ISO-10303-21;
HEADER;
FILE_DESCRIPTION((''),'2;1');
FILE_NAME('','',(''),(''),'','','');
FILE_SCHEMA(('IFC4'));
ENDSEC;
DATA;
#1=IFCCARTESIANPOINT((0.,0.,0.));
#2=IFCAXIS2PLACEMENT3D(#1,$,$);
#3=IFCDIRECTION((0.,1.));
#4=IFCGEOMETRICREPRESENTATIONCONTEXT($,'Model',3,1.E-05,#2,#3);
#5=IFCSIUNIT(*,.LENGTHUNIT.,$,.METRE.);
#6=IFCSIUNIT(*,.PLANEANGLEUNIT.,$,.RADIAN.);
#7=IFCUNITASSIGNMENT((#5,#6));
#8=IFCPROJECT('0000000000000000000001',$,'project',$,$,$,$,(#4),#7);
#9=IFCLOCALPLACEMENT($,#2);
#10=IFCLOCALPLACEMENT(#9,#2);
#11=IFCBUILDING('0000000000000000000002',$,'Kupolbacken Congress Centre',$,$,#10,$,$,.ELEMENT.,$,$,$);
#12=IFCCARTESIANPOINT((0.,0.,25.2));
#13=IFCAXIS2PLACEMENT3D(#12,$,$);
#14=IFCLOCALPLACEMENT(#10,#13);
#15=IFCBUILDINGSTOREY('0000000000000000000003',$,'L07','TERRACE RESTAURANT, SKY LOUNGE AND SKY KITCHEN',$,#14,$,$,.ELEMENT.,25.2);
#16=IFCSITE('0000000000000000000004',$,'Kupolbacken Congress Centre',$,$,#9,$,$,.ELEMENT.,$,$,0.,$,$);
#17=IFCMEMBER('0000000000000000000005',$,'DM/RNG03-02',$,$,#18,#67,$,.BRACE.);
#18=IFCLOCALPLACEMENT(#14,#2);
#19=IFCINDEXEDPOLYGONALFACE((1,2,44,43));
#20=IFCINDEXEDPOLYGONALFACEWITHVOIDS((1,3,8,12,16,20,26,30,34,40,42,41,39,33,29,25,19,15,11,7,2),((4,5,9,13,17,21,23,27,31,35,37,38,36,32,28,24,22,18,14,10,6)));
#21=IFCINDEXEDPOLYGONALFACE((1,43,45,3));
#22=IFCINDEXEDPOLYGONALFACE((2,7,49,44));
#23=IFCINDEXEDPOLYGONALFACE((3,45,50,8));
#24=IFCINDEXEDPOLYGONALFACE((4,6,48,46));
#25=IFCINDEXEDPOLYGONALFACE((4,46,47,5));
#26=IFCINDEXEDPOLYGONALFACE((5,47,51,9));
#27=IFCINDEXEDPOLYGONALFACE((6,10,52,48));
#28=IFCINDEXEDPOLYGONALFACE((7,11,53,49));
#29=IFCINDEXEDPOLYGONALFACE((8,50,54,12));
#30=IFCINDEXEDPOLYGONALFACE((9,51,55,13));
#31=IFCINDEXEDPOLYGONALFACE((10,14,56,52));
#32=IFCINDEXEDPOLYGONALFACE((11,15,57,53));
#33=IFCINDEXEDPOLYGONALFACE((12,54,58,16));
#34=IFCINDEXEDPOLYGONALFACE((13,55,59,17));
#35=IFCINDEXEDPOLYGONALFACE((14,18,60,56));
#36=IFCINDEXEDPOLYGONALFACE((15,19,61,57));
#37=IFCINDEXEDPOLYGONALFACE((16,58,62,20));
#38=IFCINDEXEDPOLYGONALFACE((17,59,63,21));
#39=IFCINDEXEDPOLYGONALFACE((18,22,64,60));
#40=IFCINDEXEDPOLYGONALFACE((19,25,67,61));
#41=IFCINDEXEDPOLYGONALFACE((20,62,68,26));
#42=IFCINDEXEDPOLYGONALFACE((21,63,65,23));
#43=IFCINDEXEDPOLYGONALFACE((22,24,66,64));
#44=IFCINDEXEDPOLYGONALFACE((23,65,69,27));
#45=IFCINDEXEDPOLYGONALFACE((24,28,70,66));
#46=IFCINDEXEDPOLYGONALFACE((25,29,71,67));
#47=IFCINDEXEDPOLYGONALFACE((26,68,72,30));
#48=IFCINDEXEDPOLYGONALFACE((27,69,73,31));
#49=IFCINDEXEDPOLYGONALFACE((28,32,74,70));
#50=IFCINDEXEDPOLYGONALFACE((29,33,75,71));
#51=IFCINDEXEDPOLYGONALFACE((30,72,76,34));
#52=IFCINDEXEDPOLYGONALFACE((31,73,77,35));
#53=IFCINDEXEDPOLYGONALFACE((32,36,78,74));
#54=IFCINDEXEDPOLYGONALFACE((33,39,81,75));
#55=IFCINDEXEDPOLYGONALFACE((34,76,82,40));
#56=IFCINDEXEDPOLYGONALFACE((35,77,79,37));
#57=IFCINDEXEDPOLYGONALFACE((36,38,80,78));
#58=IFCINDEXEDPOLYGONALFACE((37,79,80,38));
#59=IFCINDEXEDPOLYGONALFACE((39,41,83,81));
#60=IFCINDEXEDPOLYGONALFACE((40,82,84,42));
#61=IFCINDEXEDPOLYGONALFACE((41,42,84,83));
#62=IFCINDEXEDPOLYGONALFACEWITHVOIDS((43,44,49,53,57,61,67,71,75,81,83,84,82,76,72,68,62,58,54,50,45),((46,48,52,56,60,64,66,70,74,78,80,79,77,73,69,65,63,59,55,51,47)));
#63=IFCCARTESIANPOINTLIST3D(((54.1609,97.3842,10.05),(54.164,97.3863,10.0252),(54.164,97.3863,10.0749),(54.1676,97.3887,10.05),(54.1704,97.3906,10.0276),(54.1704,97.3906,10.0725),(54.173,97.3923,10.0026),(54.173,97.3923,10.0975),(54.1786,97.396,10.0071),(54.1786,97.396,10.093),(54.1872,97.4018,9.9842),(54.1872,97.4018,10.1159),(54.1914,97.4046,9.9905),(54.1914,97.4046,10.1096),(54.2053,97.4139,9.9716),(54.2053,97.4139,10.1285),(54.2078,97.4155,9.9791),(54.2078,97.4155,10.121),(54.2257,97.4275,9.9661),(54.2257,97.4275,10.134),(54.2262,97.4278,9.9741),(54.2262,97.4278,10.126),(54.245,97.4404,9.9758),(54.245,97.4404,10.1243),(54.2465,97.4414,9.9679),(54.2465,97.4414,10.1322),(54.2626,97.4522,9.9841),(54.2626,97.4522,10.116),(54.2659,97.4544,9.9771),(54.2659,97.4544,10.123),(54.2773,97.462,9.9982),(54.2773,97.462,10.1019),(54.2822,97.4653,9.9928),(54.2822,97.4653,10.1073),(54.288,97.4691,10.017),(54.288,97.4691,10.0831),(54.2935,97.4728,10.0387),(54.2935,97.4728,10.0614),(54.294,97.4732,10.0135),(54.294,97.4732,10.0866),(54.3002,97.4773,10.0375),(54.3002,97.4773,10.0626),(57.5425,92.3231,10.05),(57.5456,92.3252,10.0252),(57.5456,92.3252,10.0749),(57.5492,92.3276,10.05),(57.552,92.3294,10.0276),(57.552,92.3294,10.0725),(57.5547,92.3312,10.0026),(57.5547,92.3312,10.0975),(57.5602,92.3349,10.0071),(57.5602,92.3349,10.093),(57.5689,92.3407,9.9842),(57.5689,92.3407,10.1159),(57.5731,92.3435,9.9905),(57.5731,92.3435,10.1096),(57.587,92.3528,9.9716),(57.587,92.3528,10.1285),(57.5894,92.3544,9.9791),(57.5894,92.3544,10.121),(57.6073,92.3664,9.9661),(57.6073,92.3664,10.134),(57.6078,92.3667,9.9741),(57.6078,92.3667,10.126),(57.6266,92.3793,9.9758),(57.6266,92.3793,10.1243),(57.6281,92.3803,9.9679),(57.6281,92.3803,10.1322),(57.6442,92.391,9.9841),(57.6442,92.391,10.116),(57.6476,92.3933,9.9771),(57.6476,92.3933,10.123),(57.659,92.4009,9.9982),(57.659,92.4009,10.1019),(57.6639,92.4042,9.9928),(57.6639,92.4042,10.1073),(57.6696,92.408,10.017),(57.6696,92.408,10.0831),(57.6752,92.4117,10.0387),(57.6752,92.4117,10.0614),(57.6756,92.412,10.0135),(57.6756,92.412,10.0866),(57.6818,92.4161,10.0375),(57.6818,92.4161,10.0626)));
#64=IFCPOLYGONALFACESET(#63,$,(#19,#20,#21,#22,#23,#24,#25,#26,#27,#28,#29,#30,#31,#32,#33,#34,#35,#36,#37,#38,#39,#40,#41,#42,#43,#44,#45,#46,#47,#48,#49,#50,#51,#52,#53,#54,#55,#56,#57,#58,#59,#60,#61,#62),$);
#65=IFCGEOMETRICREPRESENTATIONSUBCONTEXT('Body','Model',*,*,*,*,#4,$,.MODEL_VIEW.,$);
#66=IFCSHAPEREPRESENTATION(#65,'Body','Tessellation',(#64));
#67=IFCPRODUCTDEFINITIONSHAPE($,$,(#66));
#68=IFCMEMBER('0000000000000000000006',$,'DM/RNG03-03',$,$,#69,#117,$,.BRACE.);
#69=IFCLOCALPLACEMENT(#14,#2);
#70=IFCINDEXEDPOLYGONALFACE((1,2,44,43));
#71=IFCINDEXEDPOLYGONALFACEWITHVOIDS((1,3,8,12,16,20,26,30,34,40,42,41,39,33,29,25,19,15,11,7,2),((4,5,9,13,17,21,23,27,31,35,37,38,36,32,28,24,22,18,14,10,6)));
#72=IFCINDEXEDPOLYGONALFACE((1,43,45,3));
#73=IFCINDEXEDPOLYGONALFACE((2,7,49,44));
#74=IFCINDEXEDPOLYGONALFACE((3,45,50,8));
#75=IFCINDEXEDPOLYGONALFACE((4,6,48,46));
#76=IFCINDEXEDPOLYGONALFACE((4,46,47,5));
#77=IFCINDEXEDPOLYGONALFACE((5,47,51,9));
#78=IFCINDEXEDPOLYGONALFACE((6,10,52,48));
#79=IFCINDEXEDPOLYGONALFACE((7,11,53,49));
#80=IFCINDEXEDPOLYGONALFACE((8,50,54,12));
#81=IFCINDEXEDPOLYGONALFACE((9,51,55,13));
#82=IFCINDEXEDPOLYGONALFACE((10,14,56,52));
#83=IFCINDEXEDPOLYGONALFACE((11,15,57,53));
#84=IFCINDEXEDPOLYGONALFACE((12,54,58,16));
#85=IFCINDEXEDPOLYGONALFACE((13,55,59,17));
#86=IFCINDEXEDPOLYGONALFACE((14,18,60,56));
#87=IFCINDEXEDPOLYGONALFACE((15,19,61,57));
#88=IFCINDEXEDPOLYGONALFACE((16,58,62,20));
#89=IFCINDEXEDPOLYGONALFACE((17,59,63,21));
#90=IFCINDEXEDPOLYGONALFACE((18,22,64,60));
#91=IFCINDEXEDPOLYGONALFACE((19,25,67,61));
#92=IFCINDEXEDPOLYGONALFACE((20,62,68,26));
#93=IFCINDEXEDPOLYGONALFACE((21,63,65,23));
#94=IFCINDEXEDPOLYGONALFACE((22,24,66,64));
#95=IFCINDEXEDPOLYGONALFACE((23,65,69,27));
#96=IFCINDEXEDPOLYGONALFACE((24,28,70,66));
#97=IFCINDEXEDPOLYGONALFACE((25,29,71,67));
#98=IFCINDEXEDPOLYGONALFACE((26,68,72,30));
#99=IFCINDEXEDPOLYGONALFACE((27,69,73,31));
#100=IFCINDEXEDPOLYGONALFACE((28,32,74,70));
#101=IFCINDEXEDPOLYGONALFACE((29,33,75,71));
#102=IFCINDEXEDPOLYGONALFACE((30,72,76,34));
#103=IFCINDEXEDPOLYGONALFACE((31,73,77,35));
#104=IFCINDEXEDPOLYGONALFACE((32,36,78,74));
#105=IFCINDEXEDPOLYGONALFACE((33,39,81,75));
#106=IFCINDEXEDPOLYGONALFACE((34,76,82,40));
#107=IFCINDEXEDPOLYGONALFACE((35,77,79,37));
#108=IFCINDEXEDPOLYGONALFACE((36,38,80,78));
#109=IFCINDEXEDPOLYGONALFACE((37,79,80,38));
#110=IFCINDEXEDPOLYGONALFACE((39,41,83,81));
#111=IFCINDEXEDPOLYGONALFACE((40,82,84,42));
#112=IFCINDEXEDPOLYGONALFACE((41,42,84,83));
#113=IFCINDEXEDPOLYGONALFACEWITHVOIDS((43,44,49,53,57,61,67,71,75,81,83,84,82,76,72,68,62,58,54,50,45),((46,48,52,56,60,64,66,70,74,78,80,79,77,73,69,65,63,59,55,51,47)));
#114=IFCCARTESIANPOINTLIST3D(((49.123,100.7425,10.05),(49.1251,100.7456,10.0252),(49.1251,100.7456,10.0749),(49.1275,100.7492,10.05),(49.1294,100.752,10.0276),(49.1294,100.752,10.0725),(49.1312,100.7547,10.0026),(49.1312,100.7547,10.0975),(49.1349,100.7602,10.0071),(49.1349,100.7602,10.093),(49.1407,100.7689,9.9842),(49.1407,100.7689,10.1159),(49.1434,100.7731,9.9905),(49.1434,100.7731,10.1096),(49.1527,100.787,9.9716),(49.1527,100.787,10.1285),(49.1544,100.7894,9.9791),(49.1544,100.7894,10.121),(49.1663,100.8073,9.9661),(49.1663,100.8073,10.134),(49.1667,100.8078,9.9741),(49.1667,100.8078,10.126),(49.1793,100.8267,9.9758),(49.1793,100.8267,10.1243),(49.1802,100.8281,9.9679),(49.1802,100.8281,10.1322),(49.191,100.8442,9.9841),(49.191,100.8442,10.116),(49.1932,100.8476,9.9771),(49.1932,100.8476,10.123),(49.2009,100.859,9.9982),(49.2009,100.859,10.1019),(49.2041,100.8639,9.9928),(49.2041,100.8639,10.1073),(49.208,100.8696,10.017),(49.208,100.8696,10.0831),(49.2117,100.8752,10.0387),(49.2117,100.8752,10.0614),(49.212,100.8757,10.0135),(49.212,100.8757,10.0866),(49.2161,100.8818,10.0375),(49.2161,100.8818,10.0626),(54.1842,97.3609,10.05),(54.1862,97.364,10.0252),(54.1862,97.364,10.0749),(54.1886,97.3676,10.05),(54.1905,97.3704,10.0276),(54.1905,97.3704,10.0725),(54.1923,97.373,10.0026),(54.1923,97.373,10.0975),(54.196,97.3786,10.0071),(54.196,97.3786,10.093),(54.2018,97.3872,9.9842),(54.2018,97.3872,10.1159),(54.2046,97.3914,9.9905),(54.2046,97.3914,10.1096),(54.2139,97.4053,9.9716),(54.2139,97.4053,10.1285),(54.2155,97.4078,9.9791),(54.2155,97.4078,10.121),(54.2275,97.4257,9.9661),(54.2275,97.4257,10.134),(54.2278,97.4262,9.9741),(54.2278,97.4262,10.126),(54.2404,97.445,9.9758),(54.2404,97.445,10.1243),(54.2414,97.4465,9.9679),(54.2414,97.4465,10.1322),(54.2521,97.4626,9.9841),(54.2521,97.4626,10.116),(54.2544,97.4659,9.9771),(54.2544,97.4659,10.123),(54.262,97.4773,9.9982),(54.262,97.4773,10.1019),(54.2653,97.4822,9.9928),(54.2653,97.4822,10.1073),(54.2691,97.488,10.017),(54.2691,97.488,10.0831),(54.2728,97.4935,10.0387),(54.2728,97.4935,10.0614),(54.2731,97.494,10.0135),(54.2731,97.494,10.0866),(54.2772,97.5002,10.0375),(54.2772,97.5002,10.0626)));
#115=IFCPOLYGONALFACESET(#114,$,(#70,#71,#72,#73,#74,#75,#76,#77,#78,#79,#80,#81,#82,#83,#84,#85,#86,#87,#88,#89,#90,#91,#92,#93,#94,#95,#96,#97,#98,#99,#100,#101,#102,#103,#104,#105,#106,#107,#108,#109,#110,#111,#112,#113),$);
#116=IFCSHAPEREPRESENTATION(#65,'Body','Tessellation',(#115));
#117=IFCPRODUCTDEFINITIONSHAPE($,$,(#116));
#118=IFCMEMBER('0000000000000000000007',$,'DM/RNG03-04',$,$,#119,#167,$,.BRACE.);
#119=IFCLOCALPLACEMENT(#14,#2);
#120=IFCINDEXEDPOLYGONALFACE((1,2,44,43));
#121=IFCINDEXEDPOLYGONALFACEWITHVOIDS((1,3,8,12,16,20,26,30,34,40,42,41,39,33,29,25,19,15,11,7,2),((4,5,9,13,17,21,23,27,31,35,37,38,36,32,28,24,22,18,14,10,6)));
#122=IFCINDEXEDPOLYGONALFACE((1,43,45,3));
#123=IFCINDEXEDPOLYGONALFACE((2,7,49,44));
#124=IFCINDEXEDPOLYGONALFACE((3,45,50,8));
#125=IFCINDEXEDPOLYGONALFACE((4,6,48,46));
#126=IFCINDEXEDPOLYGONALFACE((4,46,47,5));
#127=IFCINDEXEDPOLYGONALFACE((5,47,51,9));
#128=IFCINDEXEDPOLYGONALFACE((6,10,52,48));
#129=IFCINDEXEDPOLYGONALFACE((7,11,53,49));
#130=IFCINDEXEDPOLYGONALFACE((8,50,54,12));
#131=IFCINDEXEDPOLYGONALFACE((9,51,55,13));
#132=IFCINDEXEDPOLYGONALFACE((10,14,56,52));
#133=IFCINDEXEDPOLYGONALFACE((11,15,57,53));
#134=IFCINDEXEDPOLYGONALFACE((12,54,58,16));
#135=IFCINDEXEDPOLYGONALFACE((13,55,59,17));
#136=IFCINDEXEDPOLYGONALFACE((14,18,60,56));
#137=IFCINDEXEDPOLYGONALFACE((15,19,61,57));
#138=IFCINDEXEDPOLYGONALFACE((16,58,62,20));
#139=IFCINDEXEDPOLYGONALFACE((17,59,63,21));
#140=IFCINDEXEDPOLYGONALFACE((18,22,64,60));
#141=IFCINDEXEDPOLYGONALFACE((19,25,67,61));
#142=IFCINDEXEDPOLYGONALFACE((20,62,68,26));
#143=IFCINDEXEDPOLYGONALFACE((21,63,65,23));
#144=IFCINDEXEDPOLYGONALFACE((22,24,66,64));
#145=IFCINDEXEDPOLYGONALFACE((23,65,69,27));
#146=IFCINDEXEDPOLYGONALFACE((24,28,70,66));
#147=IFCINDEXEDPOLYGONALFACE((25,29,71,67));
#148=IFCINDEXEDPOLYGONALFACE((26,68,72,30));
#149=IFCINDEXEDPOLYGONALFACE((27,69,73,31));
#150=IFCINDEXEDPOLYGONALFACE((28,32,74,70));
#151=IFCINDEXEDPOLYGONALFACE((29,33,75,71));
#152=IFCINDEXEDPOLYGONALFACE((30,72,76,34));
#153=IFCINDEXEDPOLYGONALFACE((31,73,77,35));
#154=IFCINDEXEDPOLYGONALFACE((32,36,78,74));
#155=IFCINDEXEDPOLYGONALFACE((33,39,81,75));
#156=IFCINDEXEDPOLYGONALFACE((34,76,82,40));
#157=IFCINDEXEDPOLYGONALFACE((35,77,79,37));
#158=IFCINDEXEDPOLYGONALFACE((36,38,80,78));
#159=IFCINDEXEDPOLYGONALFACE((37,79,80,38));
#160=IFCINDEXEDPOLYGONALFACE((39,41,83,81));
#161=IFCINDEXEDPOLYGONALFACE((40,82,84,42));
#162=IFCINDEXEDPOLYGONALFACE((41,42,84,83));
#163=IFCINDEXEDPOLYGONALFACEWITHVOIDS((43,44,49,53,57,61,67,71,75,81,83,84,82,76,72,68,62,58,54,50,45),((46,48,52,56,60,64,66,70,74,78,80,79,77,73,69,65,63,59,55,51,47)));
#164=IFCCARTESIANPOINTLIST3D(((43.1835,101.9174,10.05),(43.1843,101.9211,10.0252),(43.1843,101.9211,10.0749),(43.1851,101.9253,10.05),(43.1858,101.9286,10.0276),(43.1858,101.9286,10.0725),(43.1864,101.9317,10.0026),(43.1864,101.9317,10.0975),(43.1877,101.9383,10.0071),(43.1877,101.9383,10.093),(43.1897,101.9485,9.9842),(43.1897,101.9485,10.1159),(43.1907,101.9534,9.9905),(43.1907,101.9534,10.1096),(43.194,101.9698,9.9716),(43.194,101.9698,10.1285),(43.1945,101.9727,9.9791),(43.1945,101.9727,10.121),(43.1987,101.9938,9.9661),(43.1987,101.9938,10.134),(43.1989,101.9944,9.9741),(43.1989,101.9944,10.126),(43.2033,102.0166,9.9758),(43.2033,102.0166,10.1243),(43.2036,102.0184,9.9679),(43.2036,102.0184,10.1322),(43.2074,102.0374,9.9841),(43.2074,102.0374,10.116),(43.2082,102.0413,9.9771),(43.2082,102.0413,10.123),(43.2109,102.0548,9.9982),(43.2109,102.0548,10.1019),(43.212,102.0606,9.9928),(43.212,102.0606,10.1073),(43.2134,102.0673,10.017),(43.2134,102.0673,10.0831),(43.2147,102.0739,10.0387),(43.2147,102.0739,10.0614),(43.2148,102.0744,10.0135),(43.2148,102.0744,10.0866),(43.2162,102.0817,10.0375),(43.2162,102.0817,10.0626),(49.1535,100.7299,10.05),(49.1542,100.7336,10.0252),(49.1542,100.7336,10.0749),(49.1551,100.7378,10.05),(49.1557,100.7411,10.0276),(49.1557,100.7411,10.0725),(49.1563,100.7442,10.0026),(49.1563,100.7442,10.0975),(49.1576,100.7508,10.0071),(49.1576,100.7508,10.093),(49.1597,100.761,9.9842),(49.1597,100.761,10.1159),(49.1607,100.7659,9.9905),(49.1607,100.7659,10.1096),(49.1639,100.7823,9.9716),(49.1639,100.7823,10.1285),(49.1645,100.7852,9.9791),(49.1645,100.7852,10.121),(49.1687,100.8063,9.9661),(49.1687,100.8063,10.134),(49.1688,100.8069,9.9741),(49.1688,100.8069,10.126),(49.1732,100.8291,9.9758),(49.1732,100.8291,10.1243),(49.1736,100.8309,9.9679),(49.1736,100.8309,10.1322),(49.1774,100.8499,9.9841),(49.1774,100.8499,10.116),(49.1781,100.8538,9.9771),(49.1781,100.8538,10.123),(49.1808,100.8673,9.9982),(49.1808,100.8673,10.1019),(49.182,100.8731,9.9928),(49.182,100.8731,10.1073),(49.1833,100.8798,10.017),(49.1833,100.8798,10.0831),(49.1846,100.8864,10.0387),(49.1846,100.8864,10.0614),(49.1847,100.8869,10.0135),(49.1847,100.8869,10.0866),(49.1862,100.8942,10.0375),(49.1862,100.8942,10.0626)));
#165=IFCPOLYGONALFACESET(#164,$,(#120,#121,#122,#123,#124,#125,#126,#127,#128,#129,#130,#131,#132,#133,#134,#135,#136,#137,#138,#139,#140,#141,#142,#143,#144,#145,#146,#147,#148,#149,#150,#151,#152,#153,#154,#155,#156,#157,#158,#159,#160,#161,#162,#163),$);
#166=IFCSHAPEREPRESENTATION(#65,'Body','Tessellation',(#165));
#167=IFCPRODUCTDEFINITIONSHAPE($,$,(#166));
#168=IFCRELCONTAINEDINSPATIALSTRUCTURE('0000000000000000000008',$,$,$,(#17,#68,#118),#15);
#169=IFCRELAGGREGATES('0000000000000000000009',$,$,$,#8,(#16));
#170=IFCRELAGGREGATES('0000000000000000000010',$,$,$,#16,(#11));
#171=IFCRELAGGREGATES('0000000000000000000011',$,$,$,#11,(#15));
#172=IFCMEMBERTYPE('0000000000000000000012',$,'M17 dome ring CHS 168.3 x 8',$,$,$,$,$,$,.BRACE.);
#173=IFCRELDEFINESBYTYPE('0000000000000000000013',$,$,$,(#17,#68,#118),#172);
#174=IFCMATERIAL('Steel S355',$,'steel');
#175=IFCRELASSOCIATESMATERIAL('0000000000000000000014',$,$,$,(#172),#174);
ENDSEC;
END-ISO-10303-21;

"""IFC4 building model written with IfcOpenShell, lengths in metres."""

from ifc_helpers import new_model, si_unit, direction, frame, origin, origin_2d, place, context, subcontext, project, spatial, hollow_circle, extrude, material, material_profile, profile_set, type_object, element, save


model = new_model("IFC4")

# Units and contexts
model_context = context("Model", 3, precision=1e-05, world=origin(), true_north=direction((0.0, 1.0)))
body_context = subcontext(model_context, "Body", "Model", "MODEL_VIEW")
ifc_project = project(units=[si_unit("LENGTHUNIT", "METRE"), si_unit("PLANEANGLEUNIT", "RADIAN")], contexts=[model_context])

# Site, building, storey
site_placement = place(None, origin())
site = spatial("IfcSite", under=ifc_project, at=site_placement, Name="Kupolbacken Congress Centre", CompositionType="ELEMENT", RefElevation=0.0)
building_placement = place(site_placement, origin())
building = spatial("IfcBuilding", under=site, at=building_placement, Name="Kupolbacken Congress Centre", CompositionType="ELEMENT")
storey_placement = place(building_placement, frame((0.0, 0.0, 25.2)))
storey = spatial("IfcBuildingStorey", under=building, at=storey_placement, Name="L07", Description="TERRACE RESTAURANT, SKY LOUNGE AND SKY KITCHEN", CompositionType="ELEMENT", Elevation=25.2)

# Members
ifc_material_1 = material(Name="Steel S355", Category="steel")
ifc_material_profile_1 = material_profile(ifc_material_1, hollow_circle(Radius=0.0842, WallThickness=0.0081, at=origin_2d()), Name="CHS 168.3 x 8")
ifc_profile_set_1 = profile_set([ifc_material_profile_1], Name="Steel S355")
member_type_1 = type_object("IfcMemberType", Name="M17 dome ring CHS 168.3 x 8", PredefinedType="BRACE", material=ifc_profile_set_1)
for number, where, z_axis, x_axis, name in (
    (1, (57.6125, 92.3699, 10.05), (-0.555561, 0.831476, 0.0), (-0.831476, -0.555561, 0.0), "DM/RNG03-02"),
    (2, (54.231, 97.4309, 10.05), (-0.831476, 0.555561, 0.0), (-0.555561, -0.831476, 0.0), "DM/RNG03-03"),
    (3, (49.1699, 100.8125, 10.05), (-0.980785, 0.19509, 0.0), (-0.19509, -0.980785, 0.0), "DM/RNG03-04"),
):
    element("IfcMember", number, at=place(storey_placement, frame(where, z_axis=z_axis, x_axis=x_axis)), inside=storey, type_object=member_type_1, Name=name, PredefinedType="BRACE", context=body_context, shape_type="SweptSolid", body=[
        extrude(hollow_circle(Radius=0.0842, WallThickness=0.0081, at=origin_2d()), origin(), (0.0, 0.0, 1.0), 6.0869),
    ])

save(model, "model.ifc")
